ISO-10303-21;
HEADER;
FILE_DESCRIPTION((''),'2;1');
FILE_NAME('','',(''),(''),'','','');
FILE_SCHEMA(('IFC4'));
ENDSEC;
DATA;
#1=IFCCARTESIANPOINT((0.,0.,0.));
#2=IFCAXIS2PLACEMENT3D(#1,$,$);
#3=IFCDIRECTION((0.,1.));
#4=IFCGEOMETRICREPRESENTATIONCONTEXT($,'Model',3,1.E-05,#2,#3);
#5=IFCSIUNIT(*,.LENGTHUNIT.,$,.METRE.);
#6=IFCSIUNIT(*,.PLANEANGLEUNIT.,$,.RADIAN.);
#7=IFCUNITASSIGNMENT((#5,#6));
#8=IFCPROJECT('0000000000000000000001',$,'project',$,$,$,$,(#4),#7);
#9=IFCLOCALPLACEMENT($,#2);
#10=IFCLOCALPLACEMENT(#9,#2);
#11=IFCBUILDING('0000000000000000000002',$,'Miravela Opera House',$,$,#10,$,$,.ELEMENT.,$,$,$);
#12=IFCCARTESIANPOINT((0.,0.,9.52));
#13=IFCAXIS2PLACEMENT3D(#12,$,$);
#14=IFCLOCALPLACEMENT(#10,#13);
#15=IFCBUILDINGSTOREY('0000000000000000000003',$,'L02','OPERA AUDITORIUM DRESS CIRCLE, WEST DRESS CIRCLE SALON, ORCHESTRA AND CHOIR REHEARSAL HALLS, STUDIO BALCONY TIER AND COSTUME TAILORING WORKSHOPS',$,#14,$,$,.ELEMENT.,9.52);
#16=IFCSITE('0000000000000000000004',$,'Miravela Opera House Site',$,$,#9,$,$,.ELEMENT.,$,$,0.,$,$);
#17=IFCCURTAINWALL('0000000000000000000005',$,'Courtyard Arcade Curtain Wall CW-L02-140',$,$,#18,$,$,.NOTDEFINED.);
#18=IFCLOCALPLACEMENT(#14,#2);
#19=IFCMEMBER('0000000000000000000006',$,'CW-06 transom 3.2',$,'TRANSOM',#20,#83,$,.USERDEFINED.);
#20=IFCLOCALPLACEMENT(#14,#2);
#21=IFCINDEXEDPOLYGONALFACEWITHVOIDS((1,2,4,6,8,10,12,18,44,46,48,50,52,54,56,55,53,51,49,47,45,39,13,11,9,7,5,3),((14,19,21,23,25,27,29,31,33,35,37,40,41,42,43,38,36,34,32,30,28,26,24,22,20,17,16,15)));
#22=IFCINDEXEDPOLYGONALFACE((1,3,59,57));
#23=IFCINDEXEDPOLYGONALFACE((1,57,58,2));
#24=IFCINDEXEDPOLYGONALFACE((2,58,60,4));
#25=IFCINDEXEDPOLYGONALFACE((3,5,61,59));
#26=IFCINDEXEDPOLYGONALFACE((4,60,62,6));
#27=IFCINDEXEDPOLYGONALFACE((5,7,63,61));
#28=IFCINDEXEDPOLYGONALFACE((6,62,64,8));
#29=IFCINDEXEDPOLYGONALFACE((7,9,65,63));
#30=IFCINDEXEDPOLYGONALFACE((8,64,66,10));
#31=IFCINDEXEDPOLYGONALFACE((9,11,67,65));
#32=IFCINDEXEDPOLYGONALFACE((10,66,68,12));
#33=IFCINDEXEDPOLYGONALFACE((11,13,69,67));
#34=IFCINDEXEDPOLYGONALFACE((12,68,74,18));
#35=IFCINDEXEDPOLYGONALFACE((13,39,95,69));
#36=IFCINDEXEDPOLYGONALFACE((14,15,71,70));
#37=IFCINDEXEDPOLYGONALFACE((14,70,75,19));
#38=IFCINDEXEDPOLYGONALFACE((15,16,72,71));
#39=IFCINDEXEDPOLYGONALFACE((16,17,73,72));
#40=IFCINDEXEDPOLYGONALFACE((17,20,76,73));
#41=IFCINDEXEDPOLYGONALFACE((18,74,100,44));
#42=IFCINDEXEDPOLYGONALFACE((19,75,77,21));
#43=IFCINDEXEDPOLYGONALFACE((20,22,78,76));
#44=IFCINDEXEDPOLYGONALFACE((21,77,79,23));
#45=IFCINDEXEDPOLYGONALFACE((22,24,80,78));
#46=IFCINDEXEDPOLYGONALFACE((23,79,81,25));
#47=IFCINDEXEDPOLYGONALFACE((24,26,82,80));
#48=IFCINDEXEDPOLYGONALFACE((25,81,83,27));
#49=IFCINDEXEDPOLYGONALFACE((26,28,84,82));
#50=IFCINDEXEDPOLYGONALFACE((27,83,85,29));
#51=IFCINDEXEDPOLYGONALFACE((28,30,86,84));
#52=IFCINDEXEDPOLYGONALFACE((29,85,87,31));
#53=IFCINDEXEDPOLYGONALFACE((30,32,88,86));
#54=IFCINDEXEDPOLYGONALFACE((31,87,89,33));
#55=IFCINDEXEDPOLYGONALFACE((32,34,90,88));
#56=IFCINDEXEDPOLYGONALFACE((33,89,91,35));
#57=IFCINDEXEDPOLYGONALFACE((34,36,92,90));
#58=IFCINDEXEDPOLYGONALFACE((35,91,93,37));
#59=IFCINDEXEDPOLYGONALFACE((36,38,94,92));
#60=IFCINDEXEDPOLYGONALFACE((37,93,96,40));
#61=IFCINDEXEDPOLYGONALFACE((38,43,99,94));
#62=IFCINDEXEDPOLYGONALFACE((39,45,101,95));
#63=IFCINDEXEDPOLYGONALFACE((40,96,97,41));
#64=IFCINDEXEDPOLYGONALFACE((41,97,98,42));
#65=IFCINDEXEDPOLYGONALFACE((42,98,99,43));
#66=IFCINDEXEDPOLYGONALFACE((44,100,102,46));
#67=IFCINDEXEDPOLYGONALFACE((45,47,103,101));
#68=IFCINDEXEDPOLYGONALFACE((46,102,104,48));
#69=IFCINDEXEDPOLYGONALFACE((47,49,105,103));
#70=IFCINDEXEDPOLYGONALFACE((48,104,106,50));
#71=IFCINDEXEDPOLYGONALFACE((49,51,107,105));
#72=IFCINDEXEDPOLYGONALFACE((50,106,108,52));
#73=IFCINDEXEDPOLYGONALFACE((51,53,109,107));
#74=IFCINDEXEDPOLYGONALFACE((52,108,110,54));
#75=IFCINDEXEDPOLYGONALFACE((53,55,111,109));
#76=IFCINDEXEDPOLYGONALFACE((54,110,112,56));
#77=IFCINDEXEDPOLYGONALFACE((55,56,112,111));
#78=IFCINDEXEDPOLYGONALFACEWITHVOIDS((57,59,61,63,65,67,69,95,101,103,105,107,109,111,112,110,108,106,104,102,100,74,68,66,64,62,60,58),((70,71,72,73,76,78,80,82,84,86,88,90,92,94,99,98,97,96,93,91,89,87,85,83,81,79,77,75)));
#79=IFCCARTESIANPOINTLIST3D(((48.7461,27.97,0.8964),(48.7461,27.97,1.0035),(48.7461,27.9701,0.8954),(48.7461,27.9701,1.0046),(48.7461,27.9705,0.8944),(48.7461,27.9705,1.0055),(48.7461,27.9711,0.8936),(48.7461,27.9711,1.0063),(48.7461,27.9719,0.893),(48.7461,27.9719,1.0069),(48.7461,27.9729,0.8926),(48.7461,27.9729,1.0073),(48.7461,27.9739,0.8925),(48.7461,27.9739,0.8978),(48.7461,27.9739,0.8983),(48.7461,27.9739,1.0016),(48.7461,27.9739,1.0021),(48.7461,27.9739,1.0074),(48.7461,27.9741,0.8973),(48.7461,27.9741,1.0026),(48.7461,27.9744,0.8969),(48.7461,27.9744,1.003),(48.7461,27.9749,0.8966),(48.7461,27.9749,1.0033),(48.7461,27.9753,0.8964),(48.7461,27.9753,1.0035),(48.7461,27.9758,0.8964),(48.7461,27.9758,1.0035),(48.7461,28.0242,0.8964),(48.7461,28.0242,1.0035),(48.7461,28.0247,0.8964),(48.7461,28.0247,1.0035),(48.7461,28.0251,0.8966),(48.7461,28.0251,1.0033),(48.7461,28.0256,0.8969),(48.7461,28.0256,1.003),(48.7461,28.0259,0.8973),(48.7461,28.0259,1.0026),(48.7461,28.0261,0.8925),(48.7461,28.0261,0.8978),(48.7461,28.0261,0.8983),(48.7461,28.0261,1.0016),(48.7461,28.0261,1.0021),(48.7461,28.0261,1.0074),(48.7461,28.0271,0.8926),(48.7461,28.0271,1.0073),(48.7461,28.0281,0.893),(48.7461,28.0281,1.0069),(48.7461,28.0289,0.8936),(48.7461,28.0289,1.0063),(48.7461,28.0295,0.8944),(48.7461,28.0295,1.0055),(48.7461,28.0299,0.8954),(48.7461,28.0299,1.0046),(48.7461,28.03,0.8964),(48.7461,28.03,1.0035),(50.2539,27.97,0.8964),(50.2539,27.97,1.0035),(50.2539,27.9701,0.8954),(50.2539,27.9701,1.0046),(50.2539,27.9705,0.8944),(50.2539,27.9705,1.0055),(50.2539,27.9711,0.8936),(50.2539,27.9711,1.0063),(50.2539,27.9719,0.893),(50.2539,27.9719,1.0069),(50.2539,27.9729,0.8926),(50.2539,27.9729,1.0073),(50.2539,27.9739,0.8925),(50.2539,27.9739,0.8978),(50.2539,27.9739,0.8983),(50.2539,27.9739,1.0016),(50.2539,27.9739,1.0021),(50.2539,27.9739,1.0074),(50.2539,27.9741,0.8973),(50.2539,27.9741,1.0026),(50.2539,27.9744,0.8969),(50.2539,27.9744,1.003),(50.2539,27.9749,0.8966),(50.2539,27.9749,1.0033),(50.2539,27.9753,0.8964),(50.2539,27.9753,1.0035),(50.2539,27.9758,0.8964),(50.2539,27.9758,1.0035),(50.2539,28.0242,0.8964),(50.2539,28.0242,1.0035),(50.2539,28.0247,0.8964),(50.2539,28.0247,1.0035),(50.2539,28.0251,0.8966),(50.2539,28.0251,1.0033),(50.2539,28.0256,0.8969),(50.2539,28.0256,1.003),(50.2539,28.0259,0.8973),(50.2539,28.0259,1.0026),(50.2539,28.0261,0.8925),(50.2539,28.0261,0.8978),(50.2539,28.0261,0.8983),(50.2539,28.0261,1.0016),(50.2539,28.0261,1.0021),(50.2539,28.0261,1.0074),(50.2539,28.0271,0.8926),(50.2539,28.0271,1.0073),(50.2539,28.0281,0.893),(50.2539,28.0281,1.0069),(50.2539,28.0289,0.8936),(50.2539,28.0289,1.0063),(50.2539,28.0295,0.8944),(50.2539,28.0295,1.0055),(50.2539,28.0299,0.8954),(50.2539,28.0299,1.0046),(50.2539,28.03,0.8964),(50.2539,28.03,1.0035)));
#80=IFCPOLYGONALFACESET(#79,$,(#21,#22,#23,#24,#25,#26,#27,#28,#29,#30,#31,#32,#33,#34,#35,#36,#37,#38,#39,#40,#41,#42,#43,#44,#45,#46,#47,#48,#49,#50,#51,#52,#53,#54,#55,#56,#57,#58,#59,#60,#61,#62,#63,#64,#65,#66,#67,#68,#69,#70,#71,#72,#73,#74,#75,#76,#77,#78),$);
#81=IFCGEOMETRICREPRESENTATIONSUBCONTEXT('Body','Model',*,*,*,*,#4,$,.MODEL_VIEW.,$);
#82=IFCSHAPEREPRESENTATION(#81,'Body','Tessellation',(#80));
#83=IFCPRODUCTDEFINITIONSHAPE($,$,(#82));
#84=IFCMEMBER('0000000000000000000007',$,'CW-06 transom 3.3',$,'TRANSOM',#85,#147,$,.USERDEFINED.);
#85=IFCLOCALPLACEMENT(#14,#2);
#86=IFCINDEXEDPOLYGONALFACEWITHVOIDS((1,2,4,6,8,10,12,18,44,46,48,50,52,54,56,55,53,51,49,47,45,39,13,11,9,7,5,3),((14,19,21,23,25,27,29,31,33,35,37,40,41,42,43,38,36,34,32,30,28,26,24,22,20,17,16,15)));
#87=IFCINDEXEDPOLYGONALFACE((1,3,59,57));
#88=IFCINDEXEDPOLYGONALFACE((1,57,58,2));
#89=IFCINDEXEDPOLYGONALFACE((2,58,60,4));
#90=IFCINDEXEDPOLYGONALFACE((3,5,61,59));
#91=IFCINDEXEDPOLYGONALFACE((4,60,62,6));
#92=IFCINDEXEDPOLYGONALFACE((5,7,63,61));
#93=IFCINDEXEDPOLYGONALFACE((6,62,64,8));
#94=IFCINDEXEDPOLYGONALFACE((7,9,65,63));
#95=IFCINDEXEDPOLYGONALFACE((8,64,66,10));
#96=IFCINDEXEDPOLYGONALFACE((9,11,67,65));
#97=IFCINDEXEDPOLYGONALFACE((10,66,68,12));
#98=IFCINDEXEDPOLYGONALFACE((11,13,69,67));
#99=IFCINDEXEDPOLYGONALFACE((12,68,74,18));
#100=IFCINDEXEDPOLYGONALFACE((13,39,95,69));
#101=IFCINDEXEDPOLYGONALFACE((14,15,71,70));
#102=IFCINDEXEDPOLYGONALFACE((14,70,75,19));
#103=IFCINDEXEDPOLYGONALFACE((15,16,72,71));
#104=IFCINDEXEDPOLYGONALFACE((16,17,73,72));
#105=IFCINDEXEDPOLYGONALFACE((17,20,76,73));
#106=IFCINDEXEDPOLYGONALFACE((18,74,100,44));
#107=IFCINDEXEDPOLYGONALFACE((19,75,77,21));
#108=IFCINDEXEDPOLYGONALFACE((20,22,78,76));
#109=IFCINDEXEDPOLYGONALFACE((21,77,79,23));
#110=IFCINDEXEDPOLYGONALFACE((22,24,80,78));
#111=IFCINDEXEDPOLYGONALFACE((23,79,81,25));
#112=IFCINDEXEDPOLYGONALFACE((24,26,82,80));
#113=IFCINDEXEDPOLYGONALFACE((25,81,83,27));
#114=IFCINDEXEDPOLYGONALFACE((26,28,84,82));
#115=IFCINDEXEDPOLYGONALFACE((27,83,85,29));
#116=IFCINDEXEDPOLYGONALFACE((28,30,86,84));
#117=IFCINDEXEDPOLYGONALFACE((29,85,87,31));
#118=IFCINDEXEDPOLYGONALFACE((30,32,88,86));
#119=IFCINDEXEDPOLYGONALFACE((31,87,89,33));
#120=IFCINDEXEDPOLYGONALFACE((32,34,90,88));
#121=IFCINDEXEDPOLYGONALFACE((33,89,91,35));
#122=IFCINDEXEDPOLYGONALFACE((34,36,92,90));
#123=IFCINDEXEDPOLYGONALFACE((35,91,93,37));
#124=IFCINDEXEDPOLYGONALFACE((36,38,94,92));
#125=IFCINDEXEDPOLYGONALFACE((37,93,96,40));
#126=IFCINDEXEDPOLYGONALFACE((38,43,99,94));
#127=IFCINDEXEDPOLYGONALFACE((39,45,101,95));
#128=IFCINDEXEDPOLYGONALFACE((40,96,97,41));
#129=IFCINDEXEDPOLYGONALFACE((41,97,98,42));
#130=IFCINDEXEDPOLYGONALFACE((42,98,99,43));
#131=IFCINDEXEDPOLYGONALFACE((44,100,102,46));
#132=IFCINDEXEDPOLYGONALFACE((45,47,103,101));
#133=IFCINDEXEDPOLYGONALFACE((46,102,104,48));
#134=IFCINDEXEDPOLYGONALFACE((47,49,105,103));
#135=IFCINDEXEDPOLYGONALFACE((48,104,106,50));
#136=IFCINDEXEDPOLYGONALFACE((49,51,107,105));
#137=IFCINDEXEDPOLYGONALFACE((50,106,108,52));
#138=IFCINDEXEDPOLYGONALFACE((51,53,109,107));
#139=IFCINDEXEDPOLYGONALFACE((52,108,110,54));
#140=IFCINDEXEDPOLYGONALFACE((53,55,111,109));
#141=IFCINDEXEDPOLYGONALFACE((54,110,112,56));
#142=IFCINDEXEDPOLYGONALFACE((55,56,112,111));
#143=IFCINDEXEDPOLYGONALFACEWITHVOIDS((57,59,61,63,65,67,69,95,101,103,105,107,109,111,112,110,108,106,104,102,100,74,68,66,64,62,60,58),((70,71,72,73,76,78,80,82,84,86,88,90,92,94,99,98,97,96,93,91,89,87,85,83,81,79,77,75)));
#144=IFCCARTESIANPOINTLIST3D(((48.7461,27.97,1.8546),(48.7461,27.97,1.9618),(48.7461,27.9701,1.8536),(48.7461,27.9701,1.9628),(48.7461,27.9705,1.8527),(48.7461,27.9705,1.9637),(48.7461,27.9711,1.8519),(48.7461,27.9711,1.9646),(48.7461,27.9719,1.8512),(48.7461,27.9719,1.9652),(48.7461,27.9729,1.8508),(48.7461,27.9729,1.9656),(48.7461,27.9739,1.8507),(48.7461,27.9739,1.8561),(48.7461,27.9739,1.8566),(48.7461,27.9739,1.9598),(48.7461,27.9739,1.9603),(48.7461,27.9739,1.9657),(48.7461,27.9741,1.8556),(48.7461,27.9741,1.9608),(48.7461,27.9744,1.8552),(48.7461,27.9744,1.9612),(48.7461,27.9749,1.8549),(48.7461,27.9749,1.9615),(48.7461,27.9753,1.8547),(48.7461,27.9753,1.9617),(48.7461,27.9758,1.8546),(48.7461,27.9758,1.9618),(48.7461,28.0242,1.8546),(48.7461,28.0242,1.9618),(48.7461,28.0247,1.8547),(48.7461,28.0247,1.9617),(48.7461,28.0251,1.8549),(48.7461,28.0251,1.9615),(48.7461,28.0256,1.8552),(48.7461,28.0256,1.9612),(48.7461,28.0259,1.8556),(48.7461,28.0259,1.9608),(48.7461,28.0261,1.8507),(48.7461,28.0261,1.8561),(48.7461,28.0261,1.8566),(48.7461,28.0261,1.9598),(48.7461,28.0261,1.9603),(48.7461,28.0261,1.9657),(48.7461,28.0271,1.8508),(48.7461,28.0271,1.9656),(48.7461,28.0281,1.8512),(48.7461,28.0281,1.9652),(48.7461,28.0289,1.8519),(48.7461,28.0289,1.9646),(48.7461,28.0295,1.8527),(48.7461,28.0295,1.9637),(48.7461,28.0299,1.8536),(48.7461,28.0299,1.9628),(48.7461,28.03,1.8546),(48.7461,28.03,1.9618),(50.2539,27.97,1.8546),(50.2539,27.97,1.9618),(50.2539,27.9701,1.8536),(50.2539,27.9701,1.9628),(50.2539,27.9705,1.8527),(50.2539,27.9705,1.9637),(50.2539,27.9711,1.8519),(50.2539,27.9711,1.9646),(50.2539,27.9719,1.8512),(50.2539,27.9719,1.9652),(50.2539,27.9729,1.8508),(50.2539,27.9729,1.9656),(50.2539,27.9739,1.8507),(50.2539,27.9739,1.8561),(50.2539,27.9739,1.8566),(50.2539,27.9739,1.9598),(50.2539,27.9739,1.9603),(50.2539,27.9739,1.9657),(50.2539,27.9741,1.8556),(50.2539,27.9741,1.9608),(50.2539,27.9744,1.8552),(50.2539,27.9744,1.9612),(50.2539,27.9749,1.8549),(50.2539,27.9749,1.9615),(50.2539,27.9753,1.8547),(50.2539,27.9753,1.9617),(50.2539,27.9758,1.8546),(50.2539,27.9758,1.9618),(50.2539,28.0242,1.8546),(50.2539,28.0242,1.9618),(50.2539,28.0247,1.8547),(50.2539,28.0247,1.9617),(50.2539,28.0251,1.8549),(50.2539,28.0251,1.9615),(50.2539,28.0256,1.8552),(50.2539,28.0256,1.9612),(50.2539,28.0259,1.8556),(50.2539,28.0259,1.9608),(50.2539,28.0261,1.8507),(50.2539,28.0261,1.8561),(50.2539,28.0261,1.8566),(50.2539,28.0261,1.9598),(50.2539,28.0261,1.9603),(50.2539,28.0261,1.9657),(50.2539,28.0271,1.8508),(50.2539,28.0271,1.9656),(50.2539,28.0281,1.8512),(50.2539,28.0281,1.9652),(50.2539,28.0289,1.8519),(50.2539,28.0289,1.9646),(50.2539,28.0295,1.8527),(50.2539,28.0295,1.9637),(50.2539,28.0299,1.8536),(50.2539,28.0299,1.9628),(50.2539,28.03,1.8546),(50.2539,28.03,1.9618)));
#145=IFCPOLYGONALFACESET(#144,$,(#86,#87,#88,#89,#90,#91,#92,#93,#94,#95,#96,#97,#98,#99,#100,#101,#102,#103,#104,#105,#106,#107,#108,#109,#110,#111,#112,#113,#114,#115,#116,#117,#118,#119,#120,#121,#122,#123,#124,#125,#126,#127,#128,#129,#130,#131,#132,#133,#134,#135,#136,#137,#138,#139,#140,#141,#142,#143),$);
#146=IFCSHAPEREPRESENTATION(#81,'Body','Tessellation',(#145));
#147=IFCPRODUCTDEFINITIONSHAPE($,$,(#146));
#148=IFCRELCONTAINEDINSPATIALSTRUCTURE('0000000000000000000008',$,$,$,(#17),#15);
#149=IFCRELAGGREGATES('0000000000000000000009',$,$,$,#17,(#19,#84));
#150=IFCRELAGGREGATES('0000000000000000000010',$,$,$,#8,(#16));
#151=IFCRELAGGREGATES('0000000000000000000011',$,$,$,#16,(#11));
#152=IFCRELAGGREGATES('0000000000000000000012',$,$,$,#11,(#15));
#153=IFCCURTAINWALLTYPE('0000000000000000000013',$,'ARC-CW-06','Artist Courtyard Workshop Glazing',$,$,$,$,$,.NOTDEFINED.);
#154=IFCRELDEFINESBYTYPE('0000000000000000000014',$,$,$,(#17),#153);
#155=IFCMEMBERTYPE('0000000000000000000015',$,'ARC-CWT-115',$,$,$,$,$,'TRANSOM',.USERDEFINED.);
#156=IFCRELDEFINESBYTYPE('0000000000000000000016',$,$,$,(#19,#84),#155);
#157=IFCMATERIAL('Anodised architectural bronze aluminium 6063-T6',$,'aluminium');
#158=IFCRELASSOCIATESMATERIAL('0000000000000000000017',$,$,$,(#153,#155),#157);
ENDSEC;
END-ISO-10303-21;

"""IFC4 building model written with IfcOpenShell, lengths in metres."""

from ifc_helpers import new_model, si_unit, direction, frame, origin, origin_2d, place, context, subcontext, project, spatial, hollow_rectangle, extrude, material, material_profile, profile_set, type_object, element, aggregate, save


model = new_model("IFC4")

# Units and contexts
model_context = context("Model", 3, precision=1e-05, world=origin(), true_north=direction((0.0, 1.0)))
body_context = subcontext(model_context, "Body", "Model", "MODEL_VIEW")
ifc_project = project(units=[si_unit("LENGTHUNIT", "METRE"), si_unit("PLANEANGLEUNIT", "RADIAN")], contexts=[model_context])

# Site, building, storey
site_placement = place(None, origin())
site = spatial("IfcSite", under=ifc_project, at=site_placement, Name="Miravela Opera House Site", CompositionType="ELEMENT", RefElevation=0.0)
building_placement = place(site_placement, origin())
building = spatial("IfcBuilding", under=site, at=building_placement, Name="Miravela Opera House", CompositionType="ELEMENT")
storey_placement = place(building_placement, frame((0.0, 0.0, 9.52)))
storey = spatial("IfcBuildingStorey", under=building, at=storey_placement, Name="L02", Description="OPERA AUDITORIUM DRESS CIRCLE, WEST DRESS CIRCLE SALON, ORCHESTRA AND CHOIR REHEARSAL HALLS, STUDIO BALCONY TIER AND COSTUME TAILORING WORKSHOPS", CompositionType="ELEMENT", Elevation=9.52)

# Curtain wall, members
ifc_material_1 = material(Name="Anodised architectural bronze aluminium 6063-T6", Category="aluminium")
curtain_wall_type = type_object("IfcCurtainWallType", Name="ARC-CW-06", Description="Artist Courtyard Workshop Glazing", PredefinedType="NOTDEFINED", material=ifc_material_1)
curtain_wall_placement = place(storey_placement, origin())
curtain_wall = element("IfcCurtainWall", 1, at=curtain_wall_placement, inside=storey, type_object=curtain_wall_type, Name="Courtyard Arcade Curtain Wall CW-L02-140", PredefinedType="NOTDEFINED")
ifc_material_profile_1 = material_profile(ifc_material_1, hollow_rectangle(XDim=0.0601, YDim=0.115, WallThickness=0.0039, InnerFilletRadius=0.002, OuterFilletRadius=0.0039, at=origin_2d()), Name="CWT-60X115")
ifc_profile_set_1 = profile_set([ifc_material_profile_1])
member_type_1 = type_object("IfcMemberType", Name="ARC-CWT-115", ElementType="TRANSOM", PredefinedType="USERDEFINED", material=ifc_profile_set_1)
member_1_placement = place(storey_placement, frame((48.7461, 28.0, 0.95), z_axis=(1.0, 0.0, 0.0), x_axis=(0.0, 1.0, 0.0)))
member_1 = element("IfcMember", 2, at=member_1_placement, type_object=member_type_1, Name="CW-06 transom 3.2", ObjectType="TRANSOM", PredefinedType="USERDEFINED", context=body_context, shape_type="SweptSolid", body=[
    extrude(hollow_rectangle(XDim=0.0601, YDim=0.115, WallThickness=0.0039, InnerFilletRadius=0.002, OuterFilletRadius=0.0039, at=origin_2d()), origin(), (0.0, 0.0, 1.0), 1.5078),
])
member_2_placement = place(storey_placement, frame((48.7461, 28.0, 1.9082), z_axis=(1.0, 0.0, 0.0), x_axis=(0.0, 1.0, 0.0)))
member_2 = element("IfcMember", 3, at=member_2_placement, type_object=member_type_1, Name="CW-06 transom 3.3", ObjectType="TRANSOM", PredefinedType="USERDEFINED", context=body_context, shape_type="SweptSolid", body=[
    extrude(hollow_rectangle(XDim=0.0601, YDim=0.115, WallThickness=0.0039, InnerFilletRadius=0.002, OuterFilletRadius=0.0039, at=origin_2d()), origin(), (0.0, 0.0, 1.0), 1.5078),
])

aggregate(curtain_wall, [member_1, member_2])

save(model, "model.ifc")
